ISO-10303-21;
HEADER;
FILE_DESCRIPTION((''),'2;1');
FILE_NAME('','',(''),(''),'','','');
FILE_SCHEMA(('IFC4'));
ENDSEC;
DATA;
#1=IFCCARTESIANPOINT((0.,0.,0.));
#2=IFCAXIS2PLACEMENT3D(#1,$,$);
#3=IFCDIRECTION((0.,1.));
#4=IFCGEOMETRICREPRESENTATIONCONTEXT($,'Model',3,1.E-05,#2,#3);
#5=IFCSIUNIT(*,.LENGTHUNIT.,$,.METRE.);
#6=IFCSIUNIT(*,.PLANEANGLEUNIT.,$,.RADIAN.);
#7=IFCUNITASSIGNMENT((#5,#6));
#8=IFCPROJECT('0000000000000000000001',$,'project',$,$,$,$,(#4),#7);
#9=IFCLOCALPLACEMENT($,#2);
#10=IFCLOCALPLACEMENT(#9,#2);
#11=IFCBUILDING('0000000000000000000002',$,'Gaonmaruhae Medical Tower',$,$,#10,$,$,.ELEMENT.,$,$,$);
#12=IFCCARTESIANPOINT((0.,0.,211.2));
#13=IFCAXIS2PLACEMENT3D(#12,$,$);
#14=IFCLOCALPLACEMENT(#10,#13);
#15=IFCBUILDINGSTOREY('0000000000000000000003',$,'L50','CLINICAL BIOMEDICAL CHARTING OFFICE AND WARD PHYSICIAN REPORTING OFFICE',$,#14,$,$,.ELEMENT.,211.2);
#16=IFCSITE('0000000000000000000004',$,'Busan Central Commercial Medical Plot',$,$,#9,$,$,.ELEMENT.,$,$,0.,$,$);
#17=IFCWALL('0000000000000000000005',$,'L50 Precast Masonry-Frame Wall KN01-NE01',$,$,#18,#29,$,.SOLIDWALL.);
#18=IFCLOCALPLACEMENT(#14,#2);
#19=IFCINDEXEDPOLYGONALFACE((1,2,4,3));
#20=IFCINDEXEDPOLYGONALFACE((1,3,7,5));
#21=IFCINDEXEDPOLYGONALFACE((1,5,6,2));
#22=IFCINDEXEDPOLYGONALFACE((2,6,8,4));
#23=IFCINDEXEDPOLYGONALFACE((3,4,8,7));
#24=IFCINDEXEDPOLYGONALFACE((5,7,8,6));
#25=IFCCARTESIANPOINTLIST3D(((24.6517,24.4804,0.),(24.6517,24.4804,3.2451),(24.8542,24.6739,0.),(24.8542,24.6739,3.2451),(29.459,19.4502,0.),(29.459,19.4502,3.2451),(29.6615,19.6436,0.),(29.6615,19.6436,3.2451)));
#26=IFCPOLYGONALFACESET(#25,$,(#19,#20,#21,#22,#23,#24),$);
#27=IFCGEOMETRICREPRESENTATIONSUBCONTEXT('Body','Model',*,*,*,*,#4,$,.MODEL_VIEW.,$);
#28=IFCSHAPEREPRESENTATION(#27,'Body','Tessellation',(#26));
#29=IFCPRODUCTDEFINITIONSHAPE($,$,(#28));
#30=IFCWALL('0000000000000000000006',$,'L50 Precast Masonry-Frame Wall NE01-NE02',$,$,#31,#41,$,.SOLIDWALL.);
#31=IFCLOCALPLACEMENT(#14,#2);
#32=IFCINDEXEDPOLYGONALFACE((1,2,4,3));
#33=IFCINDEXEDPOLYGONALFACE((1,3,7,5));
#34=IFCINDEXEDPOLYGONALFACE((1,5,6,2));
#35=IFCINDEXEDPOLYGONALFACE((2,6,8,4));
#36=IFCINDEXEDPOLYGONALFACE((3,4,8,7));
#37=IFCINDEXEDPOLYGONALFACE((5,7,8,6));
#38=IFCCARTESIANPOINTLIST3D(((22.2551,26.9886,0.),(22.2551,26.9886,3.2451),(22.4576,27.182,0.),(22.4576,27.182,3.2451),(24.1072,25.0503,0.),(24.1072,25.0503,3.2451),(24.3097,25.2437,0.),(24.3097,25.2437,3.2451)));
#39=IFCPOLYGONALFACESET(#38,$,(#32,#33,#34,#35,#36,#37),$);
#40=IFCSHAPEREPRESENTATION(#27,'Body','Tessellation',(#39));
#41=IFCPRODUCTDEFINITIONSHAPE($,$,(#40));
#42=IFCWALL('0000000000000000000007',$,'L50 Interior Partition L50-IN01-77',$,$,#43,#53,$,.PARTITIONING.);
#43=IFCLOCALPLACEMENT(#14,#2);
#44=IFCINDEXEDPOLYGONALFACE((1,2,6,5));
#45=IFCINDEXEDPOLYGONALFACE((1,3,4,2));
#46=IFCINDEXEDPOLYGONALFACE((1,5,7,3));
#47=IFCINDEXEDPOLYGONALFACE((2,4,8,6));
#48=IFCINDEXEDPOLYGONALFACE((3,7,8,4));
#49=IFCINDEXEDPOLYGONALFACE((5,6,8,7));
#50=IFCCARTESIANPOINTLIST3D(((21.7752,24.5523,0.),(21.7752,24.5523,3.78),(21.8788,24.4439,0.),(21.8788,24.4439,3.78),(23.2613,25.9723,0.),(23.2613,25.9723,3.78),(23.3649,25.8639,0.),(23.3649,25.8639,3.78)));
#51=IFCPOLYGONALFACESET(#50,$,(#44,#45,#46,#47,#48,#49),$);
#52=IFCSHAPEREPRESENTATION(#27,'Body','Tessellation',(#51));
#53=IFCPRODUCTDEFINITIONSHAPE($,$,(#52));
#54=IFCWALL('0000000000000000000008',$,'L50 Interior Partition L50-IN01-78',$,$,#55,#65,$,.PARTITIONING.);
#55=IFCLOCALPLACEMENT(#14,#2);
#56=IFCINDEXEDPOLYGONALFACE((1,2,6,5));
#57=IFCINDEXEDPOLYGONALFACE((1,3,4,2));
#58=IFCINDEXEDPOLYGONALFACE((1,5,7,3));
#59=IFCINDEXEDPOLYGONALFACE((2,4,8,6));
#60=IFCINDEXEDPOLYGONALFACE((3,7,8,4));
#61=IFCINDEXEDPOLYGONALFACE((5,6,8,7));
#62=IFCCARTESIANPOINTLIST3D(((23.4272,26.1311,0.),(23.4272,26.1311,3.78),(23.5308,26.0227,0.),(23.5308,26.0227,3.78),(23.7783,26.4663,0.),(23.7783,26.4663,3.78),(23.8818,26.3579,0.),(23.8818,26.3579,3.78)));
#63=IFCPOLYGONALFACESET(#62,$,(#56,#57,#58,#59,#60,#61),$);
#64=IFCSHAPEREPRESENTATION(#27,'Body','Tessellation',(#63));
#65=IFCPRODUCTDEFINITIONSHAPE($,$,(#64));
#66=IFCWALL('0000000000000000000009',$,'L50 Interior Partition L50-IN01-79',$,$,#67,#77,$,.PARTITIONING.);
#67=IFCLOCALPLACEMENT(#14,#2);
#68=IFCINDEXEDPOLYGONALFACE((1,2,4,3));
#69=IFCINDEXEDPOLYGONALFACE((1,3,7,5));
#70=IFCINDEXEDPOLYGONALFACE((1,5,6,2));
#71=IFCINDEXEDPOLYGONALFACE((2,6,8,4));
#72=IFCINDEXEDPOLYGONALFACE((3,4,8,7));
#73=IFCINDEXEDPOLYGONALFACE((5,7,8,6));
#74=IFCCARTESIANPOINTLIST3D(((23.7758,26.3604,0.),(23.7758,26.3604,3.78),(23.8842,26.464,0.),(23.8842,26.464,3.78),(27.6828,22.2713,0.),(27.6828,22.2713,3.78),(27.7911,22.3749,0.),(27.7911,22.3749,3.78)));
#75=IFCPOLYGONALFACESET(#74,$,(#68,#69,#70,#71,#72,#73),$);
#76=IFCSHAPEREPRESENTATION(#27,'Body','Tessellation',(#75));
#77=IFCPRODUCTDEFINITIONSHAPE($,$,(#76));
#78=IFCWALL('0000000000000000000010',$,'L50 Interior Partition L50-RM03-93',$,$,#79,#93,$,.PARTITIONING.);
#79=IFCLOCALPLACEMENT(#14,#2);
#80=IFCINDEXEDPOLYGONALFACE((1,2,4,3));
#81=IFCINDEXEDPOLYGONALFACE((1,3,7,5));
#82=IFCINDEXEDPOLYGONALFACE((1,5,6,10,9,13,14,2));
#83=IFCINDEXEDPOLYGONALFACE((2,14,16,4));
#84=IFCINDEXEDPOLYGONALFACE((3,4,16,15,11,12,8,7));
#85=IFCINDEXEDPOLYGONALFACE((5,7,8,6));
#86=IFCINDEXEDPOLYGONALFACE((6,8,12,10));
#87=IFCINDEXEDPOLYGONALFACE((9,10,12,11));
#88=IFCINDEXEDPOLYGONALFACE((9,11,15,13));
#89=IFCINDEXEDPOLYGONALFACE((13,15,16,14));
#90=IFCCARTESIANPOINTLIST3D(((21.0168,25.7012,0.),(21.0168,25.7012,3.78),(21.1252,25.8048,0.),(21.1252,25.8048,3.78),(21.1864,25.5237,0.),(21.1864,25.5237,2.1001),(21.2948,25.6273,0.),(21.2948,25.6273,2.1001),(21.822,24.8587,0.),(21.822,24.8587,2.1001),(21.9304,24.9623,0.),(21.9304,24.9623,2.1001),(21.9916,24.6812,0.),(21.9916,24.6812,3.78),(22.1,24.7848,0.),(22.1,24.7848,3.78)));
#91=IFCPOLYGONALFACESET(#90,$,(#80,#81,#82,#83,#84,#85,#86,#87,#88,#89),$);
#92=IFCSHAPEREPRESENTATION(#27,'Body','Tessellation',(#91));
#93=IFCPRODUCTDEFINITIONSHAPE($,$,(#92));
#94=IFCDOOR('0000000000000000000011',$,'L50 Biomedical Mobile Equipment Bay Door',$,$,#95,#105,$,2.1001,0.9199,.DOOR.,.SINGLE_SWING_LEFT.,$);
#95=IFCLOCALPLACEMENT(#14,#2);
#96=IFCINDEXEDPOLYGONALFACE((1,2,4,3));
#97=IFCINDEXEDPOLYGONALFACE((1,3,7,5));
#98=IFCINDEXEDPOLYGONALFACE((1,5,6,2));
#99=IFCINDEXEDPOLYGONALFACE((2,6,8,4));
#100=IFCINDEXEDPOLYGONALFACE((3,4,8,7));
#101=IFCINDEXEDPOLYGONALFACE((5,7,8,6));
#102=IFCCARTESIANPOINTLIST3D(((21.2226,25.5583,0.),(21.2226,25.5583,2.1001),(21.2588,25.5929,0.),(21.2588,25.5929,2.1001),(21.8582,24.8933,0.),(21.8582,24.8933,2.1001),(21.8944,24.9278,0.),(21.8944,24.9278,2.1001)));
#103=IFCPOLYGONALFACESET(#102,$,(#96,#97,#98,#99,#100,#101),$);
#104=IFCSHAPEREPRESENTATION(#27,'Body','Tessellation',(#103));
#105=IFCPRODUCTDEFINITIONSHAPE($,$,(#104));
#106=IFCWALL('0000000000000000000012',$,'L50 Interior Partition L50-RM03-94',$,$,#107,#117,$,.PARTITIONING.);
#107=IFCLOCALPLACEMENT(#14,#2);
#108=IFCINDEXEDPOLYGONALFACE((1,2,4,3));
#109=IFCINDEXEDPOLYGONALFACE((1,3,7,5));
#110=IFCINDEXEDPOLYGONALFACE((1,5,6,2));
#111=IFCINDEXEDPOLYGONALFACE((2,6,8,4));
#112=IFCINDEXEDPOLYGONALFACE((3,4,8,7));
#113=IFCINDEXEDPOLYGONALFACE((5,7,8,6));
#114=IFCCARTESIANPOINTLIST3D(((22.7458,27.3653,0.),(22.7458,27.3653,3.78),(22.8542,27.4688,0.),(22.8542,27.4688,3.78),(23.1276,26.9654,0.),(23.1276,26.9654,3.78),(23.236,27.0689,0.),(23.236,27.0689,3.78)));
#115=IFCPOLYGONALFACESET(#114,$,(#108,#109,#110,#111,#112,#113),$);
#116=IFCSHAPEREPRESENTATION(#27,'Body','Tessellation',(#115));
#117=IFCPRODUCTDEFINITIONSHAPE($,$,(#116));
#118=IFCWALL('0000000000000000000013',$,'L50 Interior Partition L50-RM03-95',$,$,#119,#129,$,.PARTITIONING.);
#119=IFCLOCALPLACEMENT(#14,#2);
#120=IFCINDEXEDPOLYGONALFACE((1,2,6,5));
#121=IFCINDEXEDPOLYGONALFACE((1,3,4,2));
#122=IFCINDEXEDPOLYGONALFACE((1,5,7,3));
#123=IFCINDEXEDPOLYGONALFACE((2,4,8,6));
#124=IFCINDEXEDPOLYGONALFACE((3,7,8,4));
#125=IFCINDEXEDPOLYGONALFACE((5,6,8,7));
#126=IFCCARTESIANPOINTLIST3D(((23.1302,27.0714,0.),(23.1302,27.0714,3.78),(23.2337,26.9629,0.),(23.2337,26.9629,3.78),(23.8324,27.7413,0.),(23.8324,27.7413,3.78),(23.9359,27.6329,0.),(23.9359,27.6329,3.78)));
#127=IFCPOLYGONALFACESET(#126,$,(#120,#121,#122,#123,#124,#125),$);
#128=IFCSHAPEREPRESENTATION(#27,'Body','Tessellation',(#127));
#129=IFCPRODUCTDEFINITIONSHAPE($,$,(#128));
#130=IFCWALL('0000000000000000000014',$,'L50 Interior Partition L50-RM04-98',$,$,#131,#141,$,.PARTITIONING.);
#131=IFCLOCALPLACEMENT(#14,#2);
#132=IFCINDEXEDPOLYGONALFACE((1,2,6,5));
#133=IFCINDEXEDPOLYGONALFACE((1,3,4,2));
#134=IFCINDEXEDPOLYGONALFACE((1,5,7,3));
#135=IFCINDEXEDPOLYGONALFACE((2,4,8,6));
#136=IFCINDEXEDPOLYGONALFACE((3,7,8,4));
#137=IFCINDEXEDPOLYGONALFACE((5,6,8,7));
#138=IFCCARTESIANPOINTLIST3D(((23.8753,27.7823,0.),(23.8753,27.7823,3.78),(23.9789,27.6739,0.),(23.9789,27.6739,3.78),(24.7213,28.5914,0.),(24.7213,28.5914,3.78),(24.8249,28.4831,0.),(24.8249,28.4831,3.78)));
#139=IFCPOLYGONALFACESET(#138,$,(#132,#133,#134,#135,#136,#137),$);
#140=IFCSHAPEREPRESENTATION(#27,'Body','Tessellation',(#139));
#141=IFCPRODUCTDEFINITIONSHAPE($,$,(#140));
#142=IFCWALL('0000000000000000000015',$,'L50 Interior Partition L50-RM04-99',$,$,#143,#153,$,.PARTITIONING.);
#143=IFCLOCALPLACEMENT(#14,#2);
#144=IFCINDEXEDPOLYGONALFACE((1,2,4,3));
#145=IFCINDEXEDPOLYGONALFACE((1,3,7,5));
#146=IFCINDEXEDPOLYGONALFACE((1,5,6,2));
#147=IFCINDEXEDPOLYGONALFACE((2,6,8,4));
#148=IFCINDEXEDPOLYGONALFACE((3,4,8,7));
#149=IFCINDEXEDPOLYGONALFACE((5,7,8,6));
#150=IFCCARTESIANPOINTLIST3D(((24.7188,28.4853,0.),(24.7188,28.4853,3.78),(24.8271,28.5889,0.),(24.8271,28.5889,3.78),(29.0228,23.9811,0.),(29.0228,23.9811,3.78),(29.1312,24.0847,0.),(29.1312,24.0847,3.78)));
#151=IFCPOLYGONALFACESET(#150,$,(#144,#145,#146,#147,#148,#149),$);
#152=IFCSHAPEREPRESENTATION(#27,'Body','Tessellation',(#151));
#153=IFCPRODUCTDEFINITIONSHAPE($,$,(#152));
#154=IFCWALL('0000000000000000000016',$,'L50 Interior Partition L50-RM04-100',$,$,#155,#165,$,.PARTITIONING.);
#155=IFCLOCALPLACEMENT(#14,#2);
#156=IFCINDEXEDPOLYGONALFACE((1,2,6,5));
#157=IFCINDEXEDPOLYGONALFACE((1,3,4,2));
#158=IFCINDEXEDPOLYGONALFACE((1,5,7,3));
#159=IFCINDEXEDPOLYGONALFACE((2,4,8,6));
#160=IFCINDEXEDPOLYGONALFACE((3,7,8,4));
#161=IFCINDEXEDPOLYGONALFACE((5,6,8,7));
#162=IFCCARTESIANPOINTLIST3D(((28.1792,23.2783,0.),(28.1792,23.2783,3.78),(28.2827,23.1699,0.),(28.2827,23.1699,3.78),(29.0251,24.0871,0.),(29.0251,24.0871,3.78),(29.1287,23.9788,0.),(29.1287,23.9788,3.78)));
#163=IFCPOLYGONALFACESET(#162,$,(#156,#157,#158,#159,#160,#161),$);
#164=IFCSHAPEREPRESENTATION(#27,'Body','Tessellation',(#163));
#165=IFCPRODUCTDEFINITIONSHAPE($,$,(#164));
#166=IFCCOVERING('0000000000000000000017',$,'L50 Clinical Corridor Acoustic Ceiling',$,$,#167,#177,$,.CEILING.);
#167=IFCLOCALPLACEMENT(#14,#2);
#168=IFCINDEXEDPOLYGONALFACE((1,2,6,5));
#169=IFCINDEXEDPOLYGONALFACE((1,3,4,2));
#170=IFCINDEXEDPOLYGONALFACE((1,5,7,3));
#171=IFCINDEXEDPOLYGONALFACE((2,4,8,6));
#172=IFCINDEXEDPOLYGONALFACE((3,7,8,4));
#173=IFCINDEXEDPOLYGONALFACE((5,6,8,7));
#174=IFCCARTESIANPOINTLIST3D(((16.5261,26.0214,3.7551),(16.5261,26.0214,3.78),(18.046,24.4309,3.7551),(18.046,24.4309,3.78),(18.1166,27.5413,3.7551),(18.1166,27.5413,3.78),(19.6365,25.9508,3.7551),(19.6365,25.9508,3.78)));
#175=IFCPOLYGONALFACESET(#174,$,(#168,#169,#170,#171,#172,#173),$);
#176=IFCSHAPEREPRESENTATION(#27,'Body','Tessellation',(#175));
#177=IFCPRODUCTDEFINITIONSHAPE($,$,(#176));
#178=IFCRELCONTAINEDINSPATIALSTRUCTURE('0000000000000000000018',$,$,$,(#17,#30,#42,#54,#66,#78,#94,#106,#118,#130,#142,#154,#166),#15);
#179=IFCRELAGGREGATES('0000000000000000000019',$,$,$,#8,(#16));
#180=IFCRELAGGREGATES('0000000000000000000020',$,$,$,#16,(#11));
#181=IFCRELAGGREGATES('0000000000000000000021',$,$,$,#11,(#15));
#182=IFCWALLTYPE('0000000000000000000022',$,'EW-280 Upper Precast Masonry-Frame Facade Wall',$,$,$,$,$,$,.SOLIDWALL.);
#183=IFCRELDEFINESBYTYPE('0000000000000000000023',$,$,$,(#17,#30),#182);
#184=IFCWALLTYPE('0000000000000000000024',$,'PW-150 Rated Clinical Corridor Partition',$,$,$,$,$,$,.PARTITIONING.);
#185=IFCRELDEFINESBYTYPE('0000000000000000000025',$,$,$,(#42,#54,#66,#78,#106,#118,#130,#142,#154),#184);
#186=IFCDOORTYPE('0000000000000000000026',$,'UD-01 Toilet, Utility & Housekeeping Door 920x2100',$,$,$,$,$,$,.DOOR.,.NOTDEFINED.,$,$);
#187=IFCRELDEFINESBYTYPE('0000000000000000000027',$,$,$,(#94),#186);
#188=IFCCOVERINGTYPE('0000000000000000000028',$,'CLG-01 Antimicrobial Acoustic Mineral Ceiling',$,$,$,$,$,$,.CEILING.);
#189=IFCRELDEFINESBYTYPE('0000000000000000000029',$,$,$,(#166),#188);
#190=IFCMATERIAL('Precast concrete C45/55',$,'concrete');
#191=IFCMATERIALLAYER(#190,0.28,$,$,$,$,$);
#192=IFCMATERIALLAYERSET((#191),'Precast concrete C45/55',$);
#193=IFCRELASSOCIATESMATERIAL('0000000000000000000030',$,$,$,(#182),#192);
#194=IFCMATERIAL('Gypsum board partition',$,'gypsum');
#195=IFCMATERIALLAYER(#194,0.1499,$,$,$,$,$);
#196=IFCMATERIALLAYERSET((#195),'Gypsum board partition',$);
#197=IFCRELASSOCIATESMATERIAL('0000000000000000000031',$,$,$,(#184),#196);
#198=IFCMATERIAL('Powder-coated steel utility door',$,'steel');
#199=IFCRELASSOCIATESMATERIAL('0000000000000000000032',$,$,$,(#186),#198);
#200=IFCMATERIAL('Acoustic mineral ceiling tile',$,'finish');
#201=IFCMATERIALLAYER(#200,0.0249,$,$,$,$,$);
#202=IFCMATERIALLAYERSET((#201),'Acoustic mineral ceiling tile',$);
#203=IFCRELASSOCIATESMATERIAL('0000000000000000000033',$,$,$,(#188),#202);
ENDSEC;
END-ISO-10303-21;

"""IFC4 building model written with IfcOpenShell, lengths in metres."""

from ifc_helpers import new_model, si_unit, direction, frame, frame_2d, origin, origin_2d, place, context, subcontext, project, spatial, rectangle, extrude, material, layer, layer_set, type_object, element, fill, save


model = new_model("IFC4")

# Units and contexts
model_context = context("Model", 3, precision=1e-05, world=origin(), true_north=direction((0.0, 1.0)))
body_context = subcontext(model_context, "Body", "Model", "MODEL_VIEW")
ifc_project = project(units=[si_unit("LENGTHUNIT", "METRE"), si_unit("PLANEANGLEUNIT", "RADIAN")], contexts=[model_context])

# Site, building, storey
site_placement = place(None, origin())
site = spatial("IfcSite", under=ifc_project, at=site_placement, Name="Busan Central Commercial Medical Plot", CompositionType="ELEMENT", RefElevation=0.0)
building_placement = place(site_placement, origin())
building = spatial("IfcBuilding", under=site, at=building_placement, Name="Gaonmaruhae Medical Tower", CompositionType="ELEMENT")
storey_placement = place(building_placement, frame((0.0, 0.0, 211.2)))
storey = spatial("IfcBuildingStorey", under=building, at=storey_placement, Name="L50", Description="CLINICAL BIOMEDICAL CHARTING OFFICE AND WARD PHYSICIAN REPORTING OFFICE", CompositionType="ELEMENT", Elevation=211.2)

# Walls
ifc_material_1 = material(Name="Precast concrete C45/55", Category="concrete")
ifc_layer_1 = layer(ifc_material_1, 0.28)
ifc_layer_set_1 = layer_set([ifc_layer_1], Name="Precast concrete C45/55")
wall_type_1 = type_object("IfcWallType", Name="EW-280 Upper Precast Masonry-Frame Facade Wall", PredefinedType="SOLIDWALL", material=ifc_layer_set_1)
wall_1_placement = place(storey_placement, frame((24.7529, 24.5771, 0.0), z_axis=(0.0, 0.0, 1.0), x_axis=(0.690908, -0.722943, 0.0)))
element("IfcWall", 1, at=wall_1_placement, inside=storey, type_object=wall_type_1, Name="L50 Precast Masonry-Frame Wall KN01-NE01", PredefinedType="SOLIDWALL", context=body_context, shape_type="SweptSolid", body=[
    extrude(rectangle(XDim=6.958, YDim=0.28, at=frame_2d((3.479, 0.0))), origin(), (0.0, 0.0, 1.0), 3.2451),
])
wall_2_placement = place(storey_placement, frame((22.3564, 27.0852, 0.0), z_axis=(0.0, 0.0, 1.0), x_axis=(0.69085, -0.722998, 0.0)))
element("IfcWall", 2, at=wall_2_placement, inside=storey, type_object=wall_type_1, Name="L50 Precast Masonry-Frame Wall NE01-NE02", PredefinedType="SOLIDWALL", context=body_context, shape_type="SweptSolid", body=[
    extrude(rectangle(XDim=2.6809, YDim=0.28, at=frame_2d((1.3403, 0.0))), origin(), (0.0, 0.0, 1.0), 3.2451),
])
ifc_material_2 = material(Name="Gypsum board partition", Category="gypsum")
ifc_layer_2 = layer(ifc_material_2, 0.1499)
ifc_layer_set_2 = layer_set([ifc_layer_2], Name="Gypsum board partition")
wall_type_2 = type_object("IfcWallType", Name="PW-150 Rated Clinical Corridor Partition", PredefinedType="PARTITIONING", material=ifc_layer_set_2)
wall_3_placement = place(storey_placement, frame((21.8269, 24.498, 0.0), z_axis=(0.0, 0.0, 1.0), x_axis=(0.723018, 0.690829, 0.0)))
element("IfcWall", 3, at=wall_3_placement, inside=storey, type_object=wall_type_2, Name="L50 Interior Partition L50-IN01-77", PredefinedType="PARTITIONING", context=body_context, shape_type="SweptSolid", body=[
    extrude(rectangle(XDim=2.0554, YDim=0.1499, at=frame_2d((1.0278, 0.0))), origin(), (0.0, 0.0, 1.0), 3.78),
])
wall_4_placement = place(storey_placement, frame((23.479, 26.0769, 0.0), z_axis=(0.0, 0.0, 1.0), x_axis=(0.723264, 0.690571, 0.0)))
element("IfcWall", 4, at=wall_4_placement, inside=storey, type_object=wall_type_2, Name="L50 Interior Partition L50-IN01-78", PredefinedType="PARTITIONING", context=body_context, shape_type="SweptSolid", body=[
    extrude(rectangle(XDim=0.4854, YDim=0.1499, at=frame_2d((0.2427, 0.0))), origin(), (0.0, 0.0, 1.0), 3.78),
])
wall_5_placement = place(storey_placement, frame((23.8301, 26.4121, 0.0), z_axis=(0.0, 0.0, 1.0), x_axis=(0.690822, -0.723025, 0.0)))
element("IfcWall", 5, at=wall_5_placement, inside=storey, type_object=wall_type_2, Name="L50 Interior Partition L50-IN01-79", PredefinedType="PARTITIONING", context=body_context, shape_type="SweptSolid", body=[
    extrude(rectangle(XDim=5.6555, YDim=0.1499, at=frame_2d((2.8276, 0.0))), origin(), (0.0, 0.0, 1.0), 3.78),
])

# Wall, opening, door
wall_6_placement = place(storey_placement, frame((22.0459, 24.7329, 0.0), z_axis=(0.0, 0.0, 1.0), x_axis=(-0.69092, 0.722931, 0.0)))
wall_6 = element("IfcWall", 6, at=wall_6_placement, inside=storey, type_object=wall_type_2, Name="L50 Interior Partition L50-RM03-93", PredefinedType="PARTITIONING", context=body_context, shape_type="SweptSolid", body=[
    extrude(rectangle(XDim=1.4109, YDim=0.1499, at=frame_2d((0.7056, 0.0))), origin(), (0.0, 0.0, 1.0), 3.78),
])
opening_placement = place(wall_6_placement, frame((0.2456, 0.0, 0.0)))
opening = element("IfcOpeningElement", 7, at=opening_placement, cuts=wall_6, PredefinedType="OPENING", context=body_context, shape_type="SweptSolid", body=[
    extrude(rectangle(XDim=0.9199, YDim=2.1001, at=frame_2d((0.46, 1.05))), frame((0.0, 0.085, 0.0), z_axis=(0.0, -1.0, 0.0), x_axis=(1.0, 0.0, 0.0)), (0.0, 0.0, 1.0), 0.1699),
])
ifc_material_3 = material(Name="Powder-coated steel utility door", Category="steel")
door_type = type_object("IfcDoorType", Name="UD-01 Toilet, Utility & Housekeeping Door 920x2100", OperationType="NOTDEFINED", PredefinedType="DOOR", material=ifc_material_3)
door_placement = place(opening_placement, origin())
door = element("IfcDoor", 8, at=door_placement, inside=storey, type_object=door_type, Name="L50 Biomedical Mobile Equipment Bay Door", OperationType="SINGLE_SWING_LEFT", OverallHeight=2.1001, OverallWidth=0.9199, PredefinedType="DOOR", context=body_context, shape_type="SweptSolid", body=[
    extrude(rectangle(XDim=0.9199, YDim=2.1001, at=frame_2d((0.46, 1.05))), frame((0.0, 0.0249, 0.0), z_axis=(0.0, -1.0, 0.0), x_axis=(1.0, 0.0, 0.0)), (0.0, 0.0, 1.0), 0.05),
])
fill(opening, door)

# Walls
wall_7_placement = place(storey_placement, frame((22.8, 27.417, 0.0), z_axis=(0.0, 0.0, 1.0), x_axis=(0.690581, -0.723255, 0.0)))
element("IfcWall", 9, at=wall_7_placement, inside=storey, type_object=wall_type_2, Name="L50 Interior Partition L50-RM03-94", PredefinedType="PARTITIONING", context=body_context, shape_type="SweptSolid", body=[
    extrude(rectangle(XDim=0.553, YDim=0.1499, at=frame_2d((0.2764, 0.0))), origin(), (0.0, 0.0, 1.0), 3.78),
])
wall_8_placement = place(storey_placement, frame((23.1819, 27.0171, 0.0), z_axis=(0.0, 0.0, 1.0), x_axis=(0.723515, 0.690308, 0.0)))
element("IfcWall", 10, at=wall_8_placement, inside=storey, type_object=wall_type_2, Name="L50 Interior Partition L50-RM03-95", PredefinedType="PARTITIONING", context=body_context, shape_type="SweptSolid", body=[
    extrude(rectangle(XDim=0.9705, YDim=0.1499, at=frame_2d((0.4854, 0.0))), origin(), (0.0, 0.0, 1.0), 3.78),
])
wall_9_placement = place(storey_placement, frame((23.927, 27.728, 0.0), z_axis=(0.0, 0.0, 1.0), x_axis=(0.722678, 0.691185, 0.0)))
element("IfcWall", 11, at=wall_9_placement, inside=storey, type_object=wall_type_2, Name="L50 Interior Partition L50-RM04-98", PredefinedType="PARTITIONING", context=body_context, shape_type="SweptSolid", body=[
    extrude(rectangle(XDim=1.1707, YDim=0.1499, at=frame_2d((0.5854, 0.0))), origin(), (0.0, 0.0, 1.0), 3.78),
])
wall_10_placement = place(storey_placement, frame((24.7729, 28.5371, 0.0), z_axis=(0.0, 0.0, 1.0), x_axis=(0.690857, -0.722992, 0.0)))
element("IfcWall", 12, at=wall_10_placement, inside=storey, type_object=wall_type_2, Name="L50 Interior Partition L50-RM04-99", PredefinedType="PARTITIONING", context=body_context, shape_type="SweptSolid", body=[
    extrude(rectangle(XDim=6.23, YDim=0.1499, at=frame_2d((3.115, 0.0))), origin(), (0.0, 0.0, 1.0), 3.78),
])
wall_11_placement = place(storey_placement, frame((29.0769, 24.033, 0.0), z_axis=(0.0, 0.0, 1.0), x_axis=(-0.722782, -0.691076, 0.0)))
element("IfcWall", 13, at=wall_11_placement, inside=storey, type_object=wall_type_2, Name="L50 Interior Partition L50-RM04-100", PredefinedType="PARTITIONING", context=body_context, shape_type="SweptSolid", body=[
    extrude(rectangle(XDim=1.1704, YDim=0.1499, at=frame_2d((0.5852, 0.0))), origin(), (0.0, 0.0, 1.0), 3.78),
])

# Covering
ifc_material_4 = material(Name="Acoustic mineral ceiling tile", Category="finish")
ifc_layer_3 = layer(ifc_material_4, 0.0249)
ifc_layer_set_3 = layer_set([ifc_layer_3], Name="Acoustic mineral ceiling tile")
covering_type_1 = type_object("IfcCoveringType", Name="CLG-01 Antimicrobial Acoustic Mineral Ceiling", PredefinedType="CEILING", material=ifc_layer_set_3)
covering_1_placement = place(storey_placement, frame((18.0813, 25.9861, 3.7551), z_axis=(0.0, 0.0, 1.0), x_axis=(0.722967, 0.690882, 0.0)))
element("IfcCovering", 14, at=covering_1_placement, inside=storey, type_object=covering_type_1, Name="L50 Clinical Corridor Acoustic Ceiling", PredefinedType="CEILING", context=body_context, shape_type="SweptSolid", body=[
    extrude(rectangle(XDim=2.2, YDim=2.2, at=origin_2d()), origin(), (0.0, 0.0, 1.0), 0.0249),
])

save(model, "model.ifc")
